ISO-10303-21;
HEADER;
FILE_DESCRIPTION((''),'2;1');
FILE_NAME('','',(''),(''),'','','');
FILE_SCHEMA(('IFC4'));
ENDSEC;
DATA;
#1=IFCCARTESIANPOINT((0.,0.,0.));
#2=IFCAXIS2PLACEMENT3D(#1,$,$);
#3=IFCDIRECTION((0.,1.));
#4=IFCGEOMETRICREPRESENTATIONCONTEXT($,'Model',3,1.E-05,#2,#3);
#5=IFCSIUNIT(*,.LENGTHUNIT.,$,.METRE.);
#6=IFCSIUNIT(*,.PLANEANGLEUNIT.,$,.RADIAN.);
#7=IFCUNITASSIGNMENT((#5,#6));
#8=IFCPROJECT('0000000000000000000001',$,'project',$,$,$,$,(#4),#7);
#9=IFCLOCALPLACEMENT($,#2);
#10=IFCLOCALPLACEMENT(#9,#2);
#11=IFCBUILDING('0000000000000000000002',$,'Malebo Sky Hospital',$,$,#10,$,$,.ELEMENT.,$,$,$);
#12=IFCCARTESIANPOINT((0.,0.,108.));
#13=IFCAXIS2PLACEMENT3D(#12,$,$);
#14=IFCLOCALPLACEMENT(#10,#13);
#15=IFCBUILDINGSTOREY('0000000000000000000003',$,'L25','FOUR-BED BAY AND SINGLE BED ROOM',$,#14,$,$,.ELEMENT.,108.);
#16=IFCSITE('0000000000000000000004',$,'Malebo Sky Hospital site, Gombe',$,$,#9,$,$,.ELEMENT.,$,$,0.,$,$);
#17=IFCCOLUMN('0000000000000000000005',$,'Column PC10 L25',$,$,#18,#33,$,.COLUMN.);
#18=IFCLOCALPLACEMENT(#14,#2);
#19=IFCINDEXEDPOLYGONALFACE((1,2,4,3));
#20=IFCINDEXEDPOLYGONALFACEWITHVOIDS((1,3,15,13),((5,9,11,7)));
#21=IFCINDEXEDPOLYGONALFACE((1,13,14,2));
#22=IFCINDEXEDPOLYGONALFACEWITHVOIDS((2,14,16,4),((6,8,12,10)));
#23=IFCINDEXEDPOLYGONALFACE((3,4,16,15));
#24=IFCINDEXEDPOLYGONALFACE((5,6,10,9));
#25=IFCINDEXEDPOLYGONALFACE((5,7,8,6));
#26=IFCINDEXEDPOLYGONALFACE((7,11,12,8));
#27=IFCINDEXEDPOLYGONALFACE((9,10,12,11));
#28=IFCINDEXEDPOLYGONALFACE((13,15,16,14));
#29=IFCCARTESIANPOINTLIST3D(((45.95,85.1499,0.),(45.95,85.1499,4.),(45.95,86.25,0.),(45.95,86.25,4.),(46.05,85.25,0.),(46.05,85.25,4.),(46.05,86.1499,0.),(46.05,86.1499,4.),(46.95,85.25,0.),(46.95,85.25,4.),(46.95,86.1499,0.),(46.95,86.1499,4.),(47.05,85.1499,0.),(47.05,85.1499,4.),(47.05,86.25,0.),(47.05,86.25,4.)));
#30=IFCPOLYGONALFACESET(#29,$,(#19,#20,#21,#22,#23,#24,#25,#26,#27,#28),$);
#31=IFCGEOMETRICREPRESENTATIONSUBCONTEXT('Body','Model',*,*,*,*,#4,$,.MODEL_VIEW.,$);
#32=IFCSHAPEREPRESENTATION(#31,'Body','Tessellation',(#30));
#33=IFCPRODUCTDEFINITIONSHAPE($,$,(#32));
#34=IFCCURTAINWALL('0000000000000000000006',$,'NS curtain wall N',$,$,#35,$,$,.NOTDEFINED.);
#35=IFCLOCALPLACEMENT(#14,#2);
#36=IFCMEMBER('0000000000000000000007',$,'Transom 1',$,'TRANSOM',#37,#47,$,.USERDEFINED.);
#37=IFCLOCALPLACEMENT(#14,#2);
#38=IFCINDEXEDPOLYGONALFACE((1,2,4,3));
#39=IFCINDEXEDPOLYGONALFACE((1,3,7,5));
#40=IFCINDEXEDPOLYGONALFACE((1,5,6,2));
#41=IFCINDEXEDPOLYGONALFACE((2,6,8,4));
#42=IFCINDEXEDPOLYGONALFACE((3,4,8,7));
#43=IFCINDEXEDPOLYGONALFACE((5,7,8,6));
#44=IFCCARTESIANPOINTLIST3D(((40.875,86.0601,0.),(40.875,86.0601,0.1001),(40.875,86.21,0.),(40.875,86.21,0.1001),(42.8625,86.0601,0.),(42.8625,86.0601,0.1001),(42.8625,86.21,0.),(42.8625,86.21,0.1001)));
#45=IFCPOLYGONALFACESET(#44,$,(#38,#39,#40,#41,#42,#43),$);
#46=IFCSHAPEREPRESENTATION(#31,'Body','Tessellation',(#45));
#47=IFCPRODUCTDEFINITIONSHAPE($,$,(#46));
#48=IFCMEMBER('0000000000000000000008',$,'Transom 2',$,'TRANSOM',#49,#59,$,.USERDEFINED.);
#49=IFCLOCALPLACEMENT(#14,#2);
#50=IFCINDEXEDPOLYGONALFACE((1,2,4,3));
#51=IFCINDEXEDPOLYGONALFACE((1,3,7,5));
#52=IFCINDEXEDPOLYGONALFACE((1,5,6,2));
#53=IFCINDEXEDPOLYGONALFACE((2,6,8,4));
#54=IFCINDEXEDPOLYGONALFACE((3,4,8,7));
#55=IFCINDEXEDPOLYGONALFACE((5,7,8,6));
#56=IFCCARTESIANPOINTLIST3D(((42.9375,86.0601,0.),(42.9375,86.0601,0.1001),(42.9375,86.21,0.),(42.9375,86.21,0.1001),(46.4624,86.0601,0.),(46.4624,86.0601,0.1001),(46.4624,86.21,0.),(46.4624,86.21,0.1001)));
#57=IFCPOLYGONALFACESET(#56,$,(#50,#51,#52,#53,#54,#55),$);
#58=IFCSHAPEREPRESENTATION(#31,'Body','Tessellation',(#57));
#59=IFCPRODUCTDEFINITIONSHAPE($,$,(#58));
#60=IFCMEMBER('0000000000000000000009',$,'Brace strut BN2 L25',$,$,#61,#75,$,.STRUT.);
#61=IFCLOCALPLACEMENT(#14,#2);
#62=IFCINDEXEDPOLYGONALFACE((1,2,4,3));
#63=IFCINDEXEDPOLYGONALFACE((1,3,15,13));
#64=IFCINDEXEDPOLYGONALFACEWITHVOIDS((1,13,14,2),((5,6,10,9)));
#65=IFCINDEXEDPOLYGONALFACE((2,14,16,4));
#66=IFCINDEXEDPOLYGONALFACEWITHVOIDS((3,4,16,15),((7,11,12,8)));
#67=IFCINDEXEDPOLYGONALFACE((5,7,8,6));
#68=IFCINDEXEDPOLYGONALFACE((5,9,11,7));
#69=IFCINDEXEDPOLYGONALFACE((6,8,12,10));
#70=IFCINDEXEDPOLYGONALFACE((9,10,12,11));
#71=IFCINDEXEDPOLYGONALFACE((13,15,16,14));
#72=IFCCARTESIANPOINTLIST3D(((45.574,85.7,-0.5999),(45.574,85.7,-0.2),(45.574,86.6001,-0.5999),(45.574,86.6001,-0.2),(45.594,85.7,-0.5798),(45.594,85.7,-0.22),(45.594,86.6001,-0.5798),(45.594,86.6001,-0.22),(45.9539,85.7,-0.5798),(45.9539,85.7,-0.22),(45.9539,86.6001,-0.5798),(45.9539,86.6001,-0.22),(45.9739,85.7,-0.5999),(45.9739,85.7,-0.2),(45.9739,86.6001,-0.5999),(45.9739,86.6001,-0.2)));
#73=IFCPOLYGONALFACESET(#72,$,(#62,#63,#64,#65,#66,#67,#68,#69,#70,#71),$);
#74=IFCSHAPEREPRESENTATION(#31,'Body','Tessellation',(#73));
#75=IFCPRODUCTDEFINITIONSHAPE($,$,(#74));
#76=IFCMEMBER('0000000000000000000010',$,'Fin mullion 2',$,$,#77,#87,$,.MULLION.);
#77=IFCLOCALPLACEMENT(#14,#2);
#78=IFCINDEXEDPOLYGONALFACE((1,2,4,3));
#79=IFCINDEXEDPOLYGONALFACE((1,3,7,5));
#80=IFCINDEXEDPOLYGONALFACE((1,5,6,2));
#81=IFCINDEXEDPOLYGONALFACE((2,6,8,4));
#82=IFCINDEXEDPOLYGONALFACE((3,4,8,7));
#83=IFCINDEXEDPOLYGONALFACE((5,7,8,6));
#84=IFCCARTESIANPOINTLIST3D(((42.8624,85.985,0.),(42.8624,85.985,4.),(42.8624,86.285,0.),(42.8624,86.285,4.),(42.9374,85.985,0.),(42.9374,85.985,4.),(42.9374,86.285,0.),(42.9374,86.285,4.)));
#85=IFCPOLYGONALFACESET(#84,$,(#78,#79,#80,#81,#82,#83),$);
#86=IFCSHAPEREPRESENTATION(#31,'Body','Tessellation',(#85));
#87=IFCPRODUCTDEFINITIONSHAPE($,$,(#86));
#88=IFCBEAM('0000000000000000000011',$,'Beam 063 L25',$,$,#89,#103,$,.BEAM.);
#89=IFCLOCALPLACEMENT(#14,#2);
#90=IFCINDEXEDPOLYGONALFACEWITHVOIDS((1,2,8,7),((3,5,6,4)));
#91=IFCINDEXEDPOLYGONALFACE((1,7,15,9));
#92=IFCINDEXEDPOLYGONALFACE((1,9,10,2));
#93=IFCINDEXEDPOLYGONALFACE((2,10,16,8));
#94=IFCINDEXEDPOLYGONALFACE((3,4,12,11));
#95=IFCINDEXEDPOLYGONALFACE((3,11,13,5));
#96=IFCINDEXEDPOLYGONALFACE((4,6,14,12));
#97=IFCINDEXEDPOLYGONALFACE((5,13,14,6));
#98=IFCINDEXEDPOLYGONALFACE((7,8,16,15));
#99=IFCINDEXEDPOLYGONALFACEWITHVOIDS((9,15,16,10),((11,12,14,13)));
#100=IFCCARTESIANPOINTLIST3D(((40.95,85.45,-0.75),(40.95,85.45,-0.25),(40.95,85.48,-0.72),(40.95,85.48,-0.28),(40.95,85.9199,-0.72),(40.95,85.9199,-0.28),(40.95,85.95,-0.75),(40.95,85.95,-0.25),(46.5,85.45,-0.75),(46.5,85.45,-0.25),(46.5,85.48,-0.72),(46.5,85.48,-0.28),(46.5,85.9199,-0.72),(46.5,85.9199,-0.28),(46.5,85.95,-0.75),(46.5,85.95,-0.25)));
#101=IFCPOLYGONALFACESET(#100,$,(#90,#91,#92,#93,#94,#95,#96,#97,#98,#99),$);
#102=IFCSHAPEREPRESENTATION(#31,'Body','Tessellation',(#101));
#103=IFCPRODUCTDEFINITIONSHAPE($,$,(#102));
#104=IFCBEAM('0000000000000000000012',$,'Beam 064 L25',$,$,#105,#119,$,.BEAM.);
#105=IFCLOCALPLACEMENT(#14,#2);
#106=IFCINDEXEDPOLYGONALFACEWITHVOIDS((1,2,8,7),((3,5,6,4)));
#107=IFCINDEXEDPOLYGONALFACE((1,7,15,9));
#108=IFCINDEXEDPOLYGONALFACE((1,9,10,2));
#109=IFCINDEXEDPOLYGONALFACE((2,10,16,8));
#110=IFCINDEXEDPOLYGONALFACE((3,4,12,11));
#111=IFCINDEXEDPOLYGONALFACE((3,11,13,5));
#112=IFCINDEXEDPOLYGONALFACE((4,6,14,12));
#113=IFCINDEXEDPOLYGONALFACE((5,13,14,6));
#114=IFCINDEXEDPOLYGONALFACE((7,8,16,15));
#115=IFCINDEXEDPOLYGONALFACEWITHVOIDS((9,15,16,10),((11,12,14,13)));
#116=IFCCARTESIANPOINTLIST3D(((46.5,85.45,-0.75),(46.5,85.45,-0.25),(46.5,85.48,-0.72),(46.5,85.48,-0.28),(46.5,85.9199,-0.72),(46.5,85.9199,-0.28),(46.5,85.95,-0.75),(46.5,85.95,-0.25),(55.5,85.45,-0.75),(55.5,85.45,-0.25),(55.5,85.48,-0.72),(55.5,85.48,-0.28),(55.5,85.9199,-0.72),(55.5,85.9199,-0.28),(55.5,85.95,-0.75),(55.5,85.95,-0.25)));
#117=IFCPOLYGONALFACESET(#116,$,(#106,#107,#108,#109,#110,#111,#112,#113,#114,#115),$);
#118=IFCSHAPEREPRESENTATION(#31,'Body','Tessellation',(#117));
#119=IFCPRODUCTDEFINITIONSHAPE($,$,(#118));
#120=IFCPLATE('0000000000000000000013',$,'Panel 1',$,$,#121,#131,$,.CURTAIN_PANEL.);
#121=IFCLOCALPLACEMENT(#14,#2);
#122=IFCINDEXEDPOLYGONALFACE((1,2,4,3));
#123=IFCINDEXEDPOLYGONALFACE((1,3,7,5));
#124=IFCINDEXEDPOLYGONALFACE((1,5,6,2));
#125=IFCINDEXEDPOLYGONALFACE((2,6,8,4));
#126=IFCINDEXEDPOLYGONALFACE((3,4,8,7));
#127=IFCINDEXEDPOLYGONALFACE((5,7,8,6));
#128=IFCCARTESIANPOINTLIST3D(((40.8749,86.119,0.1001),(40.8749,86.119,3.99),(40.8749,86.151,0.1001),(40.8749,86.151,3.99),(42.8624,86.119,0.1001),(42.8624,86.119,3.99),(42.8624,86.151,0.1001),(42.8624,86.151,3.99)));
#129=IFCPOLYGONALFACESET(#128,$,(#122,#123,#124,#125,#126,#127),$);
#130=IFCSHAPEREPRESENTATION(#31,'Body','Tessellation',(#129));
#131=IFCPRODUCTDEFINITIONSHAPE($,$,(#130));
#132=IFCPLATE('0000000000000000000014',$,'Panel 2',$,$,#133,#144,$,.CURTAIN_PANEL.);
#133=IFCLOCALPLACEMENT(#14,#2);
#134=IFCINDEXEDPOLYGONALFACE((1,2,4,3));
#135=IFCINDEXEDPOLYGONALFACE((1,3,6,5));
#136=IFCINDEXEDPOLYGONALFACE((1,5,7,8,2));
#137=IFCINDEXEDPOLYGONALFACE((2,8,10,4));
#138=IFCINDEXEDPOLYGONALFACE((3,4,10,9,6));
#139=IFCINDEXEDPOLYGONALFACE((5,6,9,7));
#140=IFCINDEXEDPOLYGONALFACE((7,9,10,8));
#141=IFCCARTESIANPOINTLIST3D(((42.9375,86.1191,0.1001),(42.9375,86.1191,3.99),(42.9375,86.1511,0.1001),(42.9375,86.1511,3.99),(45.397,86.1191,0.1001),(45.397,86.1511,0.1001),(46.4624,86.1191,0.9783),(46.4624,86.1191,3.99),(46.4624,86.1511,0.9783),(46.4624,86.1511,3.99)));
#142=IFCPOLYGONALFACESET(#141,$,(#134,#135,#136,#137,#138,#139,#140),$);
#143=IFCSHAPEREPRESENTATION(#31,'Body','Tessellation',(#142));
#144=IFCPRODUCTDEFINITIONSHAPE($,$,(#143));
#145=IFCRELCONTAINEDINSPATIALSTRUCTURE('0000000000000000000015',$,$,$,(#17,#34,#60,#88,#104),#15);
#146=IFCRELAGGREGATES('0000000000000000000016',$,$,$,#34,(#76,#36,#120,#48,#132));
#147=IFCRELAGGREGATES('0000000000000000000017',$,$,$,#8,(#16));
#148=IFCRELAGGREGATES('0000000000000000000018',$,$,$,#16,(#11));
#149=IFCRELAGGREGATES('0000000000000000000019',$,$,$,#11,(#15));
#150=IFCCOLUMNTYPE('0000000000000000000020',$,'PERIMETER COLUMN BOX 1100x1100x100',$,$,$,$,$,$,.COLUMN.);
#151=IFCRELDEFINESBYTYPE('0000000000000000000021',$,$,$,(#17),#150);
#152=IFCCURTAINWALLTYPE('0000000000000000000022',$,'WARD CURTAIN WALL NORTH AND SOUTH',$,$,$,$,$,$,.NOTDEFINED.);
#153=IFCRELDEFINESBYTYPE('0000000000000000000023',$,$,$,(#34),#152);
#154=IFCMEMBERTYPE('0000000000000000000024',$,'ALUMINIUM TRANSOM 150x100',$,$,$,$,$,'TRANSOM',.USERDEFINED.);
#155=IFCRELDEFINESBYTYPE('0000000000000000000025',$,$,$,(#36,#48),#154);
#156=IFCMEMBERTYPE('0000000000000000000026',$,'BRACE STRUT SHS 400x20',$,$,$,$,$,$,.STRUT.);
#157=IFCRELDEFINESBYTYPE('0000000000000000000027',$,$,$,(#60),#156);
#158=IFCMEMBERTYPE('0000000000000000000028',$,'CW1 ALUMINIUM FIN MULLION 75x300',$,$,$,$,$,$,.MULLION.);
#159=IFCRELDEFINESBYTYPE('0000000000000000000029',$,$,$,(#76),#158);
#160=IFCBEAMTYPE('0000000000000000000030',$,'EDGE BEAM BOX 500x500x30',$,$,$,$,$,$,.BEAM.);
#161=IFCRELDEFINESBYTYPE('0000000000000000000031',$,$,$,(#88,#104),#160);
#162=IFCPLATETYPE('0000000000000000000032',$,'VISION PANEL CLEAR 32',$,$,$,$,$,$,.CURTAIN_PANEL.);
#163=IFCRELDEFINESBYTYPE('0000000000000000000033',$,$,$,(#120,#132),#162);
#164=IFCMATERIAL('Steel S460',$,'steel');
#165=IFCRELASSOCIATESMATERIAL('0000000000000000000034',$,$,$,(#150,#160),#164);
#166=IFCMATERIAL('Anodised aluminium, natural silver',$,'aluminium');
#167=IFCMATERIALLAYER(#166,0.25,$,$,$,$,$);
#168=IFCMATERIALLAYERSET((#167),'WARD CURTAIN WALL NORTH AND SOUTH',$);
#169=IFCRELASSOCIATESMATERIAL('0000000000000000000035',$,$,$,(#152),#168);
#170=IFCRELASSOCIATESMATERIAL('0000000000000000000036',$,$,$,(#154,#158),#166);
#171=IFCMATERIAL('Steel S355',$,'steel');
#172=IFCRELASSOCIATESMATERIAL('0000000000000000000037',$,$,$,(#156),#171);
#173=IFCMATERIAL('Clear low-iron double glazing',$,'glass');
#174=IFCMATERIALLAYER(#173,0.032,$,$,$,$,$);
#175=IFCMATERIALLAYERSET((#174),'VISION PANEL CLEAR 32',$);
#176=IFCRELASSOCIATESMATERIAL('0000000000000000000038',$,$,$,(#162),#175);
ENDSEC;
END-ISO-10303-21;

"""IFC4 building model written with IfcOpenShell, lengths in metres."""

from ifc_helpers import new_model, si_unit, direction, frame, origin, origin_2d, place, context, subcontext, project, spatial, polyline, rectangle, hollow_rectangle, outline, extrude, material, layer, layer_set, material_profile, profile_set, type_object, element, aggregate, save


model = new_model("IFC4")

# Units and contexts
model_context = context("Model", 3, precision=1e-05, world=origin(), true_north=direction((0.0, 1.0)))
body_context = subcontext(model_context, "Body", "Model", "MODEL_VIEW")
ifc_project = project(units=[si_unit("LENGTHUNIT", "METRE"), si_unit("PLANEANGLEUNIT", "RADIAN")], contexts=[model_context])

# Site, building, storey
site_placement = place(None, origin())
site = spatial("IfcSite", under=ifc_project, at=site_placement, Name="Malebo Sky Hospital site, Gombe", CompositionType="ELEMENT", RefElevation=0.0)
building_placement = place(site_placement, origin())
building = spatial("IfcBuilding", under=site, at=building_placement, Name="Malebo Sky Hospital", CompositionType="ELEMENT")
storey_placement = place(building_placement, frame((0.0, 0.0, 108.0)))
storey = spatial("IfcBuildingStorey", under=building, at=storey_placement, Name="L25", Description="FOUR-BED BAY AND SINGLE BED ROOM", CompositionType="ELEMENT", Elevation=108.0)

# Column
ifc_material_1 = material(Name="Steel S460", Category="steel")
ifc_material_profile_1 = material_profile(ifc_material_1, hollow_rectangle(XDim=1.1001, YDim=1.1001, WallThickness=0.1001, at=origin_2d()), Name="BOX 1100x1100x100")
ifc_profile_set_1 = profile_set([ifc_material_profile_1], Name="Steel S460")
column_type = type_object("IfcColumnType", Name="PERIMETER COLUMN BOX 1100x1100x100", PredefinedType="COLUMN", material=ifc_profile_set_1)
column_placement = place(storey_placement, frame((46.5, 85.7, 0.0), z_axis=(0.0, 0.0, 1.0), x_axis=(1.0, 0.0, 0.0)))
element("IfcColumn", 1, at=column_placement, inside=storey, type_object=column_type, Name="Column PC10 L25", PredefinedType="COLUMN", context=body_context, shape_type="SweptSolid", body=[
    extrude(hollow_rectangle(XDim=1.1001, YDim=1.1001, WallThickness=0.1001, at=origin_2d()), origin(), (0.0, 0.0, 1.0), 4.0),
])

# Curtain wall, members
ifc_material_2 = material(Name="Anodised aluminium, natural silver", Category="aluminium")
ifc_layer_1 = layer(ifc_material_2, 0.25)
ifc_layer_set_1 = layer_set([ifc_layer_1], Name="WARD CURTAIN WALL NORTH AND SOUTH")
curtain_wall_type = type_object("IfcCurtainWallType", Name="WARD CURTAIN WALL NORTH AND SOUTH", PredefinedType="NOTDEFINED", material=ifc_layer_set_1)
curtain_wall_placement = place(storey_placement, origin())
curtain_wall = element("IfcCurtainWall", 2, at=curtain_wall_placement, inside=storey, type_object=curtain_wall_type, Name="NS curtain wall N", PredefinedType="NOTDEFINED")
ifc_material_profile_2 = material_profile(ifc_material_2, rectangle(XDim=0.1499, YDim=0.1001, at=origin_2d()), Name="ALUMINIUM TRANSOM 150x100")
ifc_profile_set_2 = profile_set([ifc_material_profile_2], Name="Anodised aluminium, natural silver")
member_type_1 = type_object("IfcMemberType", Name="ALUMINIUM TRANSOM 150x100", ElementType="TRANSOM", PredefinedType="USERDEFINED", material=ifc_profile_set_2)
member_1_placement = place(storey_placement, frame((40.875, 86.135, 0.05), z_axis=(1.0, 0.0, 0.0), x_axis=(0.0, 1.0, 0.0)))
member_1 = element("IfcMember", 3, at=member_1_placement, type_object=member_type_1, Name="Transom 1", ObjectType="TRANSOM", PredefinedType="USERDEFINED", context=body_context, shape_type="SweptSolid", body=[
    extrude(rectangle(XDim=0.1499, YDim=0.1001, at=origin_2d()), origin(), (0.0, 0.0, 1.0), 1.9875),
])
member_2_placement = place(storey_placement, frame((42.9375, 86.135, 0.05), z_axis=(1.0, 0.0, 0.0), x_axis=(0.0, 1.0, 0.0)))
member_2 = element("IfcMember", 4, at=member_2_placement, type_object=member_type_1, Name="Transom 2", ObjectType="TRANSOM", PredefinedType="USERDEFINED", context=body_context, shape_type="SweptSolid", body=[
    extrude(rectangle(XDim=0.1499, YDim=0.1001, at=origin_2d()), origin(), (0.0, 0.0, 1.0), 3.5249),
])

# Members
ifc_material_3 = material(Name="Steel S355", Category="steel")
ifc_material_profile_3 = material_profile(ifc_material_3, hollow_rectangle(XDim=0.3999, YDim=0.3999, WallThickness=0.02, at=origin_2d()), Name="SHS 400x20")
ifc_profile_set_3 = profile_set([ifc_material_profile_3], Name="Steel S355")
member_type_2 = type_object("IfcMemberType", Name="BRACE STRUT SHS 400x20", PredefinedType="STRUT", material=ifc_profile_set_3)
member_3_placement = place(storey_placement, frame((45.7739, 86.6001, -0.3999), z_axis=(0.0, -1.0, 0.0), x_axis=(1.0, 0.0, 0.0)))
element("IfcMember", 5, at=member_3_placement, inside=storey, type_object=member_type_2, Name="Brace strut BN2 L25", PredefinedType="STRUT", context=body_context, shape_type="SweptSolid", body=[
    extrude(hollow_rectangle(XDim=0.3999, YDim=0.3999, WallThickness=0.02, at=origin_2d()), origin(), (0.0, 0.0, 1.0), 0.9001),
])
ifc_material_profile_4 = material_profile(ifc_material_2, rectangle(XDim=0.075, YDim=0.3, at=origin_2d()), Name="CW1 ALUMINIUM FIN MULLION 75x300")
ifc_profile_set_4 = profile_set([ifc_material_profile_4], Name="Anodised aluminium, natural silver")
member_type_3 = type_object("IfcMemberType", Name="CW1 ALUMINIUM FIN MULLION 75x300", PredefinedType="MULLION", material=ifc_profile_set_4)
member_4_placement = place(storey_placement, frame((42.8999, 86.135, 0.0), z_axis=(0.0, 0.0, 1.0), x_axis=(1.0, 0.0, 0.0)))
member_4 = element("IfcMember", 6, at=member_4_placement, type_object=member_type_3, Name="Fin mullion 2", PredefinedType="MULLION", context=body_context, shape_type="SweptSolid", body=[
    extrude(rectangle(XDim=0.075, YDim=0.3, at=origin_2d()), origin(), (0.0, 0.0, 1.0), 4.0),
])

# Beams
ifc_material_profile_5 = material_profile(ifc_material_1, hollow_rectangle(XDim=0.5, YDim=0.5, WallThickness=0.03, at=origin_2d()), Name="BOX 500x500x30")
ifc_profile_set_5 = profile_set([ifc_material_profile_5], Name="Steel S460")
beam_type = type_object("IfcBeamType", Name="EDGE BEAM BOX 500x500x30", PredefinedType="BEAM", material=ifc_profile_set_5)
beam_1_placement = place(storey_placement, frame((40.95, 85.7, -0.5), z_axis=(1.0, 0.0, 0.0), x_axis=(0.0, 1.0, 0.0)))
element("IfcBeam", 7, at=beam_1_placement, inside=storey, type_object=beam_type, Name="Beam 063 L25", PredefinedType="BEAM", context=body_context, shape_type="SweptSolid", body=[
    extrude(hollow_rectangle(XDim=0.5, YDim=0.5, WallThickness=0.03, at=origin_2d()), origin(), (0.0, 0.0, 1.0), 5.55),
])
beam_2_placement = place(storey_placement, frame((46.5, 85.7, -0.5), z_axis=(1.0, 0.0, 0.0), x_axis=(0.0, 1.0, 0.0)))
element("IfcBeam", 8, at=beam_2_placement, inside=storey, type_object=beam_type, Name="Beam 064 L25", PredefinedType="BEAM", context=body_context, shape_type="SweptSolid", body=[
    extrude(hollow_rectangle(XDim=0.5, YDim=0.5, WallThickness=0.03, at=origin_2d()), origin(), (0.0, 0.0, 1.0), 9.0),
])

# Plates
ifc_material_4 = material(Name="Clear low-iron double glazing", Category="glass")
ifc_layer_2 = layer(ifc_material_4, 0.032)
ifc_layer_set_2 = layer_set([ifc_layer_2], Name="VISION PANEL CLEAR 32")
plate_type = type_object("IfcPlateType", Name="VISION PANEL CLEAR 32", PredefinedType="CURTAIN_PANEL", material=ifc_layer_set_2)
plate_1_placement = place(storey_placement, frame((41.8687, 86.135, 0.1001), z_axis=(0.0, 0.0, 1.0), x_axis=(1.0, 0.0, 0.0)))
plate_1 = element("IfcPlate", 9, at=plate_1_placement, type_object=plate_type, Name="Panel 1", PredefinedType="CURTAIN_PANEL", context=body_context, shape_type="SweptSolid", body=[
    extrude(rectangle(XDim=1.9875, YDim=0.032, at=origin_2d()), origin(), (0.0, 0.0, 1.0), 3.8899),
])
plate_2_placement = place(storey_placement, frame((44.7, 86.135, 0.1001), z_axis=(0.0, 0.0, 1.0), x_axis=(1.0, 0.0, 0.0)))
plate_2 = element("IfcPlate", 10, at=plate_2_placement, type_object=plate_type, Name="Panel 2", PredefinedType="CURTAIN_PANEL", context=body_context, shape_type="SweptSolid", body=[
    extrude(outline(polyline([(-1.7625, 0.0), (0.697, 0.0), (1.7625, 0.8782), (1.7625, 3.8899), (-1.7625, 3.8899), (-1.7625, 0.0)])), frame((0.0, 0.0161, 0.0), z_axis=(0.0, -1.0, 0.0), x_axis=(1.0, 0.0, 0.0)), (0.0, 0.0, 1.0), 0.032),
])
aggregate(curtain_wall, [member_4, member_1, plate_1, member_2, plate_2])

save(model, "model.ifc")
